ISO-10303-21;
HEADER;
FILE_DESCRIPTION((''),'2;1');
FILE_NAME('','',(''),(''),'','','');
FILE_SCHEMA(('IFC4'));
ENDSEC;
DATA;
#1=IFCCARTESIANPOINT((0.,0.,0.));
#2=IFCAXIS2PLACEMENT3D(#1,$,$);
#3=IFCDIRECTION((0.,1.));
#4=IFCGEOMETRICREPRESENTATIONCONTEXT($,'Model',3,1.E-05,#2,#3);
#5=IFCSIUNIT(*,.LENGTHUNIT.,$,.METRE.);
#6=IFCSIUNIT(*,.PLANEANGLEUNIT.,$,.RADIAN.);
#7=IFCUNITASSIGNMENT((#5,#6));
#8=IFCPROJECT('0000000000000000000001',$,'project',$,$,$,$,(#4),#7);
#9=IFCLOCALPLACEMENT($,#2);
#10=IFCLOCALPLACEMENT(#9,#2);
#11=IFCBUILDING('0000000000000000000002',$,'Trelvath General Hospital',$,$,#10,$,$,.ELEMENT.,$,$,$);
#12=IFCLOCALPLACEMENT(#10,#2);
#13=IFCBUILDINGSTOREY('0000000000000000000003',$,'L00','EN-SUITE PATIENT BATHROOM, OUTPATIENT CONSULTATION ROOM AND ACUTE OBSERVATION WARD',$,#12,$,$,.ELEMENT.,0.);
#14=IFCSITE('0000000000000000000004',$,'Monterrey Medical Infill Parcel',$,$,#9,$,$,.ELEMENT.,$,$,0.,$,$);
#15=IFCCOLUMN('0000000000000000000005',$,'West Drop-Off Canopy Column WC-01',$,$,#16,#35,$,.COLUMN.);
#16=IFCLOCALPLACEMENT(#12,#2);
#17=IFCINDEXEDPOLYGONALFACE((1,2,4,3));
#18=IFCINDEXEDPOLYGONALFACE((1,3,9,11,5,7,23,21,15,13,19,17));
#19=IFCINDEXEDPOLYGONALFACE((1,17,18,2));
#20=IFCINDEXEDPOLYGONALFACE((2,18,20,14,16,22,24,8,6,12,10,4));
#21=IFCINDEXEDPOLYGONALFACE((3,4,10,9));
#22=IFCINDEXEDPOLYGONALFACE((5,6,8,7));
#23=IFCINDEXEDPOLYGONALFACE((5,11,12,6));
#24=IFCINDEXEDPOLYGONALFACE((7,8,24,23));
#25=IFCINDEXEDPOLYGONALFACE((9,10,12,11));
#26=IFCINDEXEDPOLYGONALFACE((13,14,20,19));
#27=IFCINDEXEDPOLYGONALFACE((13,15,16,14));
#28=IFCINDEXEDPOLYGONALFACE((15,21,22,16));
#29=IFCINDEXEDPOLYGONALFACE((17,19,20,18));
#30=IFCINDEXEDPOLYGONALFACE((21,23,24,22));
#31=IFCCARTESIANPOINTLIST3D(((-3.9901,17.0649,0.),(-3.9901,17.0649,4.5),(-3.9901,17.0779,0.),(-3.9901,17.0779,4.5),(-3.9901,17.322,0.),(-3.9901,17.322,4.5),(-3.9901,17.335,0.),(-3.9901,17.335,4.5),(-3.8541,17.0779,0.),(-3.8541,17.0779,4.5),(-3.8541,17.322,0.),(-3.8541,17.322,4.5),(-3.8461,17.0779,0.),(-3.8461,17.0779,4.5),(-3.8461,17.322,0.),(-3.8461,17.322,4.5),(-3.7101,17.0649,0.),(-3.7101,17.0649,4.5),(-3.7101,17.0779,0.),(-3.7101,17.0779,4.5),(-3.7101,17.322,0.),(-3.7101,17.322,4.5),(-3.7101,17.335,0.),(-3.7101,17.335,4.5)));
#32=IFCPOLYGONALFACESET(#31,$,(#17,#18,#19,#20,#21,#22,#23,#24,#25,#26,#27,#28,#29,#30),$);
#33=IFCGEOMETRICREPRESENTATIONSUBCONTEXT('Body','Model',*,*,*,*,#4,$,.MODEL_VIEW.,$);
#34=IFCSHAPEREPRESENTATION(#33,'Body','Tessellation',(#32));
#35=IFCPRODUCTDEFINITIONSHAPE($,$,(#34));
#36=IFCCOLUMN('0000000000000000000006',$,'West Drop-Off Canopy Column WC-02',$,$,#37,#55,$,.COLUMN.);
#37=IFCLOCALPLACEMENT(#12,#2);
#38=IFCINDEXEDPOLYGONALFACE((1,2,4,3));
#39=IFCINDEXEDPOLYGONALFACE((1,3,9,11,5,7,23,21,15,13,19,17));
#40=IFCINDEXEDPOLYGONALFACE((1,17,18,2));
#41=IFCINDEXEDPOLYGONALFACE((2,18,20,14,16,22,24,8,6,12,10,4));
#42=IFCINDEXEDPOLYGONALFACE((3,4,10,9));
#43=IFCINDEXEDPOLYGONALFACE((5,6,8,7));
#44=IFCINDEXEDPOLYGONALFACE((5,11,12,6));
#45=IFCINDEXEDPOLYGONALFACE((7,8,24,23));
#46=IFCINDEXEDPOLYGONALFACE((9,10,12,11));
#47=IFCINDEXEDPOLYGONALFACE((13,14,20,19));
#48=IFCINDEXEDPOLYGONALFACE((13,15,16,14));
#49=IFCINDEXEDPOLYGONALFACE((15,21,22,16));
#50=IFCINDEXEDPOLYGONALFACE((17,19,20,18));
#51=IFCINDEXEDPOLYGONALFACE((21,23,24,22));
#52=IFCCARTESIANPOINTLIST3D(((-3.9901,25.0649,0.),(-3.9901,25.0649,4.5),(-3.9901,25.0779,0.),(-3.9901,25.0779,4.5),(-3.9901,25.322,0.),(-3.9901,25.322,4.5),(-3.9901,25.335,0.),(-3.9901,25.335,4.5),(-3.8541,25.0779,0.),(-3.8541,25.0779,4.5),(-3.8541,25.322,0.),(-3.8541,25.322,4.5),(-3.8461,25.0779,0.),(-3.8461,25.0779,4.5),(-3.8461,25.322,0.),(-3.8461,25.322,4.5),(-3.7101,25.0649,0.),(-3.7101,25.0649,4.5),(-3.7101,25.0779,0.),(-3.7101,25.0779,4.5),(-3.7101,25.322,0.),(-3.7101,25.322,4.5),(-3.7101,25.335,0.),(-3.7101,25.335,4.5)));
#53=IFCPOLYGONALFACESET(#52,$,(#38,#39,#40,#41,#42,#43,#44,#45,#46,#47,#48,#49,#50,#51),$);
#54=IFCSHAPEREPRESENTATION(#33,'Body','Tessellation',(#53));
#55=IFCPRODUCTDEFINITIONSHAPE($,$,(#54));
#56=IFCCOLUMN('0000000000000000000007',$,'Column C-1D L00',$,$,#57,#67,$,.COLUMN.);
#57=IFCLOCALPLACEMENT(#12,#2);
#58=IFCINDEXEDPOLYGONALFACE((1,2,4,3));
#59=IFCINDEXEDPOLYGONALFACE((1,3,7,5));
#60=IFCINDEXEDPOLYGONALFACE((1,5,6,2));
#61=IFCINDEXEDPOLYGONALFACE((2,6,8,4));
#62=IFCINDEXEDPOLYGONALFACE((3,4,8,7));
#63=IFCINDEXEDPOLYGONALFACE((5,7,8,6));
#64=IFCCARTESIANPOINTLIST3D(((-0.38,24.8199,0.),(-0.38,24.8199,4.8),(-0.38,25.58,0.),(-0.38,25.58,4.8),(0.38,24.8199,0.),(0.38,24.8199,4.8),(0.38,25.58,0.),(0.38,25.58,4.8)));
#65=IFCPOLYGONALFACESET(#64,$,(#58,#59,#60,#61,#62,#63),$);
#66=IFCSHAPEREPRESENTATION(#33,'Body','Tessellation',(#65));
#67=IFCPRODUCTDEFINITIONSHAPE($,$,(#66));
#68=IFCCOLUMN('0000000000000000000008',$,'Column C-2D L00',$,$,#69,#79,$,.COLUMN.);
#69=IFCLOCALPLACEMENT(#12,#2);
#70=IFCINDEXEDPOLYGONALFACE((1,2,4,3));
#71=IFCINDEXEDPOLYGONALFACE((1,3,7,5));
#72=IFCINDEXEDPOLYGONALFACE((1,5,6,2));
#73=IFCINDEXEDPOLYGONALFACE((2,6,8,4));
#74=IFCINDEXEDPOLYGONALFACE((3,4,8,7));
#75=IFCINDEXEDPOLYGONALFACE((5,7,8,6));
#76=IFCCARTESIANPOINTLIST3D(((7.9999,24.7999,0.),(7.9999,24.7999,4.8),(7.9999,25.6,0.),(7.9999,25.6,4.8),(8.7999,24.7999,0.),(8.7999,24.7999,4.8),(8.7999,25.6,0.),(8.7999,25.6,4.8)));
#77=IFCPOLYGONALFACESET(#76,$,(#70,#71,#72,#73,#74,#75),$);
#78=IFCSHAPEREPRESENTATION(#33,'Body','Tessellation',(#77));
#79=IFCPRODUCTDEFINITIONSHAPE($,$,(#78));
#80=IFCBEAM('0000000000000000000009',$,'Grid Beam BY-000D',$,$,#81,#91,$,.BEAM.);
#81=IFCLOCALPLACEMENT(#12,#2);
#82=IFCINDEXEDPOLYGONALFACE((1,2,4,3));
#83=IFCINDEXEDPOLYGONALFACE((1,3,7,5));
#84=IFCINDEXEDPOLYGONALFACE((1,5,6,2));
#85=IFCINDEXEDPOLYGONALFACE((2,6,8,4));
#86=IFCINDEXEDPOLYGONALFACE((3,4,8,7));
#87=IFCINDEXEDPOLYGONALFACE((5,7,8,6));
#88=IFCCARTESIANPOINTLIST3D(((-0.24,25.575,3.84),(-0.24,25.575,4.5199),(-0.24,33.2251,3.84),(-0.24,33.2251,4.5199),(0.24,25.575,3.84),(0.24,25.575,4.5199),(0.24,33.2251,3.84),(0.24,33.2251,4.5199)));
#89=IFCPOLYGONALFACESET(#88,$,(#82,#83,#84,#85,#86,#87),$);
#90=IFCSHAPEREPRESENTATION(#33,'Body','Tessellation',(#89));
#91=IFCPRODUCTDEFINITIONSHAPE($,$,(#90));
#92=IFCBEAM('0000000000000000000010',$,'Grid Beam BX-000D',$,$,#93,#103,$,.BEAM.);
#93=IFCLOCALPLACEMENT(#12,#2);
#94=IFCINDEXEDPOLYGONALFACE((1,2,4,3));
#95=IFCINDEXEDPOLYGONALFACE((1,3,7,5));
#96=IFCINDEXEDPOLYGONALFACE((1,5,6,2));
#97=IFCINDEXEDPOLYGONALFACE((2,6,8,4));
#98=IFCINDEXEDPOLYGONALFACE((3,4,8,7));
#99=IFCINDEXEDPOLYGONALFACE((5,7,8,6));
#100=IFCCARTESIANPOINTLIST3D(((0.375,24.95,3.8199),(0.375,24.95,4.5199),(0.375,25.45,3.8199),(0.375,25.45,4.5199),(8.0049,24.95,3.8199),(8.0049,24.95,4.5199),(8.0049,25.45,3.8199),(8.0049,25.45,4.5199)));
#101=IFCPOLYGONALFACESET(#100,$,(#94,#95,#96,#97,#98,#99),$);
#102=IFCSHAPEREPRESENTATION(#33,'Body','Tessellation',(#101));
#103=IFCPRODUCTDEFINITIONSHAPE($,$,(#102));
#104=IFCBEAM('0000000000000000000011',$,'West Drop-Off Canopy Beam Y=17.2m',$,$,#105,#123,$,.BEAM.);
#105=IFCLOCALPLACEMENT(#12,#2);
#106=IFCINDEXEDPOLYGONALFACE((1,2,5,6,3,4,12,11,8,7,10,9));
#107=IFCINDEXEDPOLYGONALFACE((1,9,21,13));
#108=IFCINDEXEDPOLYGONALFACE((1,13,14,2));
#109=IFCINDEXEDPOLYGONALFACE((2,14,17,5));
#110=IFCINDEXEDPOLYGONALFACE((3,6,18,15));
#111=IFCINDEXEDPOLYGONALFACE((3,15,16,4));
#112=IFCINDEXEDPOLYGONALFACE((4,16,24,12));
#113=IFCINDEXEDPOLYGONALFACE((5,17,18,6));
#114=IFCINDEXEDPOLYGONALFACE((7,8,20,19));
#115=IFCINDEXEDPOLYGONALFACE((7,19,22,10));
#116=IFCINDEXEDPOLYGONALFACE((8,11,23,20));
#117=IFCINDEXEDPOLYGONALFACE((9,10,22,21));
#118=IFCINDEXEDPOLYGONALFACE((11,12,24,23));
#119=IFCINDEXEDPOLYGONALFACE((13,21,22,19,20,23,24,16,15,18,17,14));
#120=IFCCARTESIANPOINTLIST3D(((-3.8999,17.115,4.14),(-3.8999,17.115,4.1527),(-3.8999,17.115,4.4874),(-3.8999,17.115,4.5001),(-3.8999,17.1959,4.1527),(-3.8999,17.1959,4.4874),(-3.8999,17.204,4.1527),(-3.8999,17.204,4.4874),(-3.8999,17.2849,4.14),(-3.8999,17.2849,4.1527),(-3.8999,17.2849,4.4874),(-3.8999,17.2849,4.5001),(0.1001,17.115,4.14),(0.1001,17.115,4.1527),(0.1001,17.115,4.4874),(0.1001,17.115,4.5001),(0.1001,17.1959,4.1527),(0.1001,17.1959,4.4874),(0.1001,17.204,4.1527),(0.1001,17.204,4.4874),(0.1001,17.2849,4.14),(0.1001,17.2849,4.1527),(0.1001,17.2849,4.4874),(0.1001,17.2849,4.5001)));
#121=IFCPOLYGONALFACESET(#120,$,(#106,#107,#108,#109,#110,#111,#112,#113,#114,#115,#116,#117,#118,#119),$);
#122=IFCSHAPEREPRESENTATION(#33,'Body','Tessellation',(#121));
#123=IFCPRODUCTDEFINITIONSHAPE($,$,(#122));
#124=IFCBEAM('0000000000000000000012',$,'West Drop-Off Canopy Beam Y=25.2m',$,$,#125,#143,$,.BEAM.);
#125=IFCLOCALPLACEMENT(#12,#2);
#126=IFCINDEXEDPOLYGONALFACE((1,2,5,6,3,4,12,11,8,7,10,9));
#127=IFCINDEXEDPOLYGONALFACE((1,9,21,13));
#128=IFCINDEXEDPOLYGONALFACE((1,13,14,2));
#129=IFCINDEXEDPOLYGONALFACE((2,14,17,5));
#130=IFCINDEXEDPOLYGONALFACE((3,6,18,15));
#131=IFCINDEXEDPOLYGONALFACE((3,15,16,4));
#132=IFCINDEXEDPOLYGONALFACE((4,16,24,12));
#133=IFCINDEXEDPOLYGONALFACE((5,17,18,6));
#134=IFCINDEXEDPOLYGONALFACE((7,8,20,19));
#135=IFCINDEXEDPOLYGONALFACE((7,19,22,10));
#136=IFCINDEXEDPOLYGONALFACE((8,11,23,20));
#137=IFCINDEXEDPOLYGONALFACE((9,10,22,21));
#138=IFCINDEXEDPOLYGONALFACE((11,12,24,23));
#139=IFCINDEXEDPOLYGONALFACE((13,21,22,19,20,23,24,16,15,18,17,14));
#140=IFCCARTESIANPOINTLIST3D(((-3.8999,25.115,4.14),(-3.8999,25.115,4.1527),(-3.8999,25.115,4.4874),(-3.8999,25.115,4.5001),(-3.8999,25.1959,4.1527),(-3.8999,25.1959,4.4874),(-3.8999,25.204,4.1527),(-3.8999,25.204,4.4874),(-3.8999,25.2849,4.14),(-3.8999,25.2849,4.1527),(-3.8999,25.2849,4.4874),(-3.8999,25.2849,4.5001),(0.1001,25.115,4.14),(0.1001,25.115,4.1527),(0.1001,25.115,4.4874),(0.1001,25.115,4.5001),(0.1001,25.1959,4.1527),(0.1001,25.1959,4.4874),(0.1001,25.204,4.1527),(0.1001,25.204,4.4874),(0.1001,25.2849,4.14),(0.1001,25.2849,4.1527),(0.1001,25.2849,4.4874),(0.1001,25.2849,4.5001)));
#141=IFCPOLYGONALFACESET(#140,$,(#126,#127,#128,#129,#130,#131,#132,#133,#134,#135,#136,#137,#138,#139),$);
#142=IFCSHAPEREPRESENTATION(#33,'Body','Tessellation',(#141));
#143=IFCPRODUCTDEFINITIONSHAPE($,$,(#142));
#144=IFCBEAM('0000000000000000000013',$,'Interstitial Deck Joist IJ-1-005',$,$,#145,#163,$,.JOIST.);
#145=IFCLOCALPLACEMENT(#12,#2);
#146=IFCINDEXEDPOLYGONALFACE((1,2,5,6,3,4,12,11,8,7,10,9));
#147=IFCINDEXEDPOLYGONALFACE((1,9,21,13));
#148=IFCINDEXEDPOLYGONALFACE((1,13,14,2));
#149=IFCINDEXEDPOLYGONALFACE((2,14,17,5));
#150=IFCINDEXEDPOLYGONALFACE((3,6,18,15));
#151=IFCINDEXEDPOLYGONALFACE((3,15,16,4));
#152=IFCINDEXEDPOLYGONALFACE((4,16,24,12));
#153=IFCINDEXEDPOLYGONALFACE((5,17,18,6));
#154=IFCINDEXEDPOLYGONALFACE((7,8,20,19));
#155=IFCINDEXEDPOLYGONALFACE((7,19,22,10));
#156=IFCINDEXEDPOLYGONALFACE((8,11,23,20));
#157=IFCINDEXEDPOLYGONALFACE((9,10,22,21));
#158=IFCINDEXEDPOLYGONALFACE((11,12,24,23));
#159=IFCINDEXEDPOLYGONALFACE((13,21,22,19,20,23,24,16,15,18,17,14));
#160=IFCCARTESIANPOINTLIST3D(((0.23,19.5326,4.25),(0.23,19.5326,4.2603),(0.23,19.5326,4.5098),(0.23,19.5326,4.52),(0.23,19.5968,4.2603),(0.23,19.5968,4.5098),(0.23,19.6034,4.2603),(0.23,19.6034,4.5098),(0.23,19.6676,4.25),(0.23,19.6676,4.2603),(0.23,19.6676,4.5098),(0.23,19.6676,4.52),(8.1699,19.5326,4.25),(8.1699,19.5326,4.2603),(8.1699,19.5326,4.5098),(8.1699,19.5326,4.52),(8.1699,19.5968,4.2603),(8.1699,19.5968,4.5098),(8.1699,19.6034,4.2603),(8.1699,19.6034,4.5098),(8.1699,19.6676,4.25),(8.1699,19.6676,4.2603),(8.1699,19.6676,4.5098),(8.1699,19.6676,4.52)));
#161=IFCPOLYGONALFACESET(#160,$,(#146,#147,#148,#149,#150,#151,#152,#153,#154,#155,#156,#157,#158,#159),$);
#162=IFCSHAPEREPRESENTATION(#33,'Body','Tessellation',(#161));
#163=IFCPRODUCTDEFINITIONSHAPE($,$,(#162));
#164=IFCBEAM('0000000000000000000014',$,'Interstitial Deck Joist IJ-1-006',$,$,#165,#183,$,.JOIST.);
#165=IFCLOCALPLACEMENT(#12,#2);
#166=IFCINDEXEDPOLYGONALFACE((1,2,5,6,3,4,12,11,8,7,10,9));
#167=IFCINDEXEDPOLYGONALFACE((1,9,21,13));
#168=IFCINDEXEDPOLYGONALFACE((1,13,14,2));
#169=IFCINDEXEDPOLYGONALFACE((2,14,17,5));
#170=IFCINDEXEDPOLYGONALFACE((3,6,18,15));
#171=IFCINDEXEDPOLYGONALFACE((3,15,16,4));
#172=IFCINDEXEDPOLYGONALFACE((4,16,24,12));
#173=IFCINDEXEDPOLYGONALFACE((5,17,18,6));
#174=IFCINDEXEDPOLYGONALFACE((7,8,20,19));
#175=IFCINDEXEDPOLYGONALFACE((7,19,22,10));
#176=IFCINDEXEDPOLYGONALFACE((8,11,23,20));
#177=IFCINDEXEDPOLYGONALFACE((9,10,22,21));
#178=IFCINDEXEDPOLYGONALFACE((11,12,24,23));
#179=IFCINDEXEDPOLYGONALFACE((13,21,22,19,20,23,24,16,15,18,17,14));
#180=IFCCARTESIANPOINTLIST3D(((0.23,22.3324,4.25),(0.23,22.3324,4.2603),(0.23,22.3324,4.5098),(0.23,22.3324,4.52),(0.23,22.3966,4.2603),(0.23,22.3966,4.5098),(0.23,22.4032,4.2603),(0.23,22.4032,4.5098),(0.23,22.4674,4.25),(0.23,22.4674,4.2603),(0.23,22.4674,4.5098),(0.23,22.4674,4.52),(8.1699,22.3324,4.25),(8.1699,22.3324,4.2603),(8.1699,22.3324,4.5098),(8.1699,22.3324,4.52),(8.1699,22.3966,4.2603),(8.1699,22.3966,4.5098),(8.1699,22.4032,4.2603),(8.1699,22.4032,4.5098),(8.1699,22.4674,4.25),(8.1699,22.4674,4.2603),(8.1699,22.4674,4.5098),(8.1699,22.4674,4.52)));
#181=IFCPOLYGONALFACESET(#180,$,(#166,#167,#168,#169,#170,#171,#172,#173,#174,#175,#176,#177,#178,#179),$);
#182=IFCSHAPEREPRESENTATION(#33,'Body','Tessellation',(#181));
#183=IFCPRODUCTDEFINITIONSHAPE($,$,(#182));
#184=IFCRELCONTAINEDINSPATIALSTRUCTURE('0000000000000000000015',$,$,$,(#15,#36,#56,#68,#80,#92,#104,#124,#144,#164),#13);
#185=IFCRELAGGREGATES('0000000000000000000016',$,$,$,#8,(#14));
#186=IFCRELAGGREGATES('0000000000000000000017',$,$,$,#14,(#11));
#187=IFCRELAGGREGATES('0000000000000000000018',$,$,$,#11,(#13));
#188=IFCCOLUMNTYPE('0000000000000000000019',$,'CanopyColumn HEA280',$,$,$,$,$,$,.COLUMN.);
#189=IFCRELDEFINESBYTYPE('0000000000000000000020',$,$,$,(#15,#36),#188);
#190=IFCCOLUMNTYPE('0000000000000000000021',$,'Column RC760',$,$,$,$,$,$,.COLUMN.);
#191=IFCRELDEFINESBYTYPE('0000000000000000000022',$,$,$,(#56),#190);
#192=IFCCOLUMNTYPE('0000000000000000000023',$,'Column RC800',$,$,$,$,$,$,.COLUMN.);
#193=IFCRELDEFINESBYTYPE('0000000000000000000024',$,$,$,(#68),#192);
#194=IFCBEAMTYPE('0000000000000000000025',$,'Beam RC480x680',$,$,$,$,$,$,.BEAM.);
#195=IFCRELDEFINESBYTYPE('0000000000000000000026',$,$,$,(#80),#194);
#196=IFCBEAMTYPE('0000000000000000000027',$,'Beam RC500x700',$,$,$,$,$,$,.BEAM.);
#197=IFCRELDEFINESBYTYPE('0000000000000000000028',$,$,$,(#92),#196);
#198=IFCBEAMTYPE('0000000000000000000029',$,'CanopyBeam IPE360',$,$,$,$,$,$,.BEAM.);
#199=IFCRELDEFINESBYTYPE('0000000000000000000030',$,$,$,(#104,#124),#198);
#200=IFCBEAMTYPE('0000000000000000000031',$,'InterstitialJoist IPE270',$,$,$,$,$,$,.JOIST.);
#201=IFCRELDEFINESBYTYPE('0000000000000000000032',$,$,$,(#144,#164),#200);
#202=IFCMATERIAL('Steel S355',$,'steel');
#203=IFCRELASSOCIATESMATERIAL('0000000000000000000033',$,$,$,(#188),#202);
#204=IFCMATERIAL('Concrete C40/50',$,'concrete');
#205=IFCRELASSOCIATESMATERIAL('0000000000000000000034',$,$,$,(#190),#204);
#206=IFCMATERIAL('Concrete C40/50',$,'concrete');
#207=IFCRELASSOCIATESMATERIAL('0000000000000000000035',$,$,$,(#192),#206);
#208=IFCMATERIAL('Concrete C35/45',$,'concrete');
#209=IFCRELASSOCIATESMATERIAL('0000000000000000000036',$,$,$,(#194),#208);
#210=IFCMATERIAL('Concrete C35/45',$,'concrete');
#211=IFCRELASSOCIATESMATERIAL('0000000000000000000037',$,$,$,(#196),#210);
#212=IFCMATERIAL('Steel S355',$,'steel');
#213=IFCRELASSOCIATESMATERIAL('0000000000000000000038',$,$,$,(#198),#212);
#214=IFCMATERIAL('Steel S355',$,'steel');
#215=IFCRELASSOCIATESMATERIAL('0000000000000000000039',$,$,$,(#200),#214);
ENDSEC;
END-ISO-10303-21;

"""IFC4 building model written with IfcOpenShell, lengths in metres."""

from ifc_helpers import new_model, si_unit, direction, frame, origin, origin_2d, place, context, subcontext, project, spatial, rectangle, i_section, extrude, material, material_profile, profile_set, type_object, element, save


model = new_model("IFC4")

# Units and contexts
model_context = context("Model", 3, precision=1e-05, world=origin(), true_north=direction((0.0, 1.0)))
body_context = subcontext(model_context, "Body", "Model", "MODEL_VIEW")
ifc_project = project(units=[si_unit("LENGTHUNIT", "METRE"), si_unit("PLANEANGLEUNIT", "RADIAN")], contexts=[model_context])

# Site, building, storey
site_placement = place(None, origin())
site = spatial("IfcSite", under=ifc_project, at=site_placement, Name="Monterrey Medical Infill Parcel", CompositionType="ELEMENT", RefElevation=0.0)
building_placement = place(site_placement, origin())
building = spatial("IfcBuilding", under=site, at=building_placement, Name="Trelvath General Hospital", CompositionType="ELEMENT")
storey_placement = place(building_placement, origin())
storey = spatial("IfcBuildingStorey", under=building, at=storey_placement, Name="L00", Description="EN-SUITE PATIENT BATHROOM, OUTPATIENT CONSULTATION ROOM AND ACUTE OBSERVATION WARD", CompositionType="ELEMENT", Elevation=0.0)

# Columns
ifc_material_1 = material(Name="Steel S355", Category="steel")
ifc_material_profile_1 = material_profile(ifc_material_1, i_section(OverallWidth=0.28, OverallDepth=0.27, WebThickness=0.0081, FlangeThickness=0.0129, at=origin_2d()), Name="HEA280")
ifc_profile_set_1 = profile_set([ifc_material_profile_1], Name="Steel S355")
column_type_1 = type_object("IfcColumnType", Name="CanopyColumn HEA280", PredefinedType="COLUMN", material=ifc_profile_set_1)
for number, where, z_axis, x_axis, name in (
    (1, (-3.8501, 17.2, 0.0), (0.0, 0.0, 1.0), (1.0, 0.0, 0.0), "West Drop-Off Canopy Column WC-01"),
    (2, (-3.8501, 25.2, 0.0), (0.0, 0.0, 1.0), (1.0, 0.0, 0.0), "West Drop-Off Canopy Column WC-02"),
):
    element("IfcColumn", number, at=place(storey_placement, frame(where, z_axis=z_axis, x_axis=x_axis)), inside=storey, type_object=column_type_1, Name=name, PredefinedType="COLUMN", context=body_context, shape_type="SweptSolid", body=[
        extrude(i_section(OverallWidth=0.28, OverallDepth=0.27, WebThickness=0.0081, FlangeThickness=0.0129, at=origin_2d()), origin(), (0.0, 0.0, 1.0), 4.5),
    ])
ifc_material_2 = material(Name="Concrete C40/50", Category="concrete")
ifc_material_profile_2 = material_profile(ifc_material_2, rectangle(XDim=0.76, YDim=0.76, at=origin_2d()), Name="RC760x760")
ifc_profile_set_2 = profile_set([ifc_material_profile_2], Name="Concrete C40/50")
column_type_2 = type_object("IfcColumnType", Name="Column RC760", PredefinedType="COLUMN", material=ifc_profile_set_2)
column_1_placement = place(storey_placement, frame((0.0, 25.2, 0.0), z_axis=(0.0, 0.0, 1.0), x_axis=(1.0, 0.0, 0.0)))
element("IfcColumn", 3, at=column_1_placement, inside=storey, type_object=column_type_2, Name="Column C-1D L00", PredefinedType="COLUMN", context=body_context, shape_type="SweptSolid", body=[
    extrude(rectangle(XDim=0.76, YDim=0.76, at=origin_2d()), origin(), (0.0, 0.0, 1.0), 4.8),
])
ifc_material_3 = material(Name="Concrete C40/50", Category="concrete")
ifc_material_profile_3 = material_profile(ifc_material_3, rectangle(XDim=0.8, YDim=0.8, at=origin_2d()), Name="RC800x800")
ifc_profile_set_3 = profile_set([ifc_material_profile_3], Name="Concrete C40/50")
column_type_3 = type_object("IfcColumnType", Name="Column RC800", PredefinedType="COLUMN", material=ifc_profile_set_3)
column_2_placement = place(storey_placement, frame((8.3999, 25.2, 0.0), z_axis=(0.0, 0.0, 1.0), x_axis=(1.0, 0.0, 0.0)))
element("IfcColumn", 4, at=column_2_placement, inside=storey, type_object=column_type_3, Name="Column C-2D L00", PredefinedType="COLUMN", context=body_context, shape_type="SweptSolid", body=[
    extrude(rectangle(XDim=0.8, YDim=0.8, at=origin_2d()), origin(), (0.0, 0.0, 1.0), 4.8),
])

# Beams
ifc_material_4 = material(Name="Concrete C35/45", Category="concrete")
ifc_material_profile_4 = material_profile(ifc_material_4, rectangle(XDim=0.48, YDim=0.6799, at=origin_2d()), Name="RCB480x680")
ifc_profile_set_4 = profile_set([ifc_material_profile_4], Name="Concrete C35/45")
beam_type_1 = type_object("IfcBeamType", Name="Beam RC480x680", PredefinedType="BEAM", material=ifc_profile_set_4)
beam_1_placement = place(storey_placement, frame((0.0, 25.575, 4.1799), z_axis=(0.0, 1.0, 0.0), x_axis=(-1.0, 0.0, 0.0)))
element("IfcBeam", 5, at=beam_1_placement, inside=storey, type_object=beam_type_1, Name="Grid Beam BY-000D", PredefinedType="BEAM", context=body_context, shape_type="SweptSolid", body=[
    extrude(rectangle(XDim=0.48, YDim=0.6799, at=origin_2d()), origin(), (0.0, 0.0, 1.0), 7.6501),
])
ifc_material_5 = material(Name="Concrete C35/45", Category="concrete")
ifc_material_profile_5 = material_profile(ifc_material_5, rectangle(XDim=0.5, YDim=0.7, at=origin_2d()), Name="RCB500x700")
ifc_profile_set_5 = profile_set([ifc_material_profile_5], Name="Concrete C35/45")
beam_type_2 = type_object("IfcBeamType", Name="Beam RC500x700", PredefinedType="BEAM", material=ifc_profile_set_5)
beam_2_placement = place(storey_placement, frame((0.375, 25.2, 4.1699), z_axis=(1.0, 0.0, 0.0), x_axis=(0.0, 1.0, 0.0)))
element("IfcBeam", 6, at=beam_2_placement, inside=storey, type_object=beam_type_2, Name="Grid Beam BX-000D", PredefinedType="BEAM", context=body_context, shape_type="SweptSolid", body=[
    extrude(rectangle(XDim=0.5, YDim=0.7, at=origin_2d()), origin(), (0.0, 0.0, 1.0), 7.6299),
])
ifc_material_6 = material(Name="Steel S355", Category="steel")
ifc_material_profile_6 = material_profile(ifc_material_6, i_section(OverallWidth=0.1699, OverallDepth=0.3601, WebThickness=0.0081, FlangeThickness=0.0127, at=origin_2d()), Name="IPE360")
ifc_profile_set_6 = profile_set([ifc_material_profile_6], Name="Steel S355")
beam_type_3 = type_object("IfcBeamType", Name="CanopyBeam IPE360", PredefinedType="BEAM", material=ifc_profile_set_6)
for number, where, z_axis, x_axis, name in (
    (7, (-3.8999, 17.2, 4.3201), (1.0, 0.0, 0.0), (0.0, 1.0, 0.0), "West Drop-Off Canopy Beam Y=17.2m"),
    (8, (-3.8999, 25.2, 4.3201), (1.0, 0.0, 0.0), (0.0, 1.0, 0.0), "West Drop-Off Canopy Beam Y=25.2m"),
):
    element("IfcBeam", number, at=place(storey_placement, frame(where, z_axis=z_axis, x_axis=x_axis)), inside=storey, type_object=beam_type_3, Name=name, PredefinedType="BEAM", context=body_context, shape_type="SweptSolid", body=[
        extrude(i_section(OverallWidth=0.1699, OverallDepth=0.3601, WebThickness=0.0081, FlangeThickness=0.0127, at=origin_2d()), origin(), (0.0, 0.0, 1.0), 4.0),
    ])
ifc_material_7 = material(Name="Steel S355", Category="steel")
ifc_material_profile_7 = material_profile(ifc_material_7, i_section(OverallWidth=0.135, OverallDepth=0.27, WebThickness=0.0066, FlangeThickness=0.0103, at=origin_2d()), Name="IPE270")
ifc_profile_set_7 = profile_set([ifc_material_profile_7], Name="Steel S355")
beam_type_4 = type_object("IfcBeamType", Name="InterstitialJoist IPE270", PredefinedType="JOIST", material=ifc_profile_set_7)
for number, where, z_axis, x_axis, name in (
    (9, (0.23, 19.6001, 4.385), (1.0, 0.0, 0.0), (0.0, 1.0, 0.0), "Interstitial Deck Joist IJ-1-005"),
    (10, (0.23, 22.3999, 4.385), (1.0, 0.0, 0.0), (0.0, 1.0, 0.0), "Interstitial Deck Joist IJ-1-006"),
):
    element("IfcBeam", number, at=place(storey_placement, frame(where, z_axis=z_axis, x_axis=x_axis)), inside=storey, type_object=beam_type_4, Name=name, PredefinedType="JOIST", context=body_context, shape_type="SweptSolid", body=[
        extrude(i_section(OverallWidth=0.135, OverallDepth=0.27, WebThickness=0.0066, FlangeThickness=0.0103, at=origin_2d()), origin(), (0.0, 0.0, 1.0), 7.9399),
    ])

save(model, "model.ifc")
